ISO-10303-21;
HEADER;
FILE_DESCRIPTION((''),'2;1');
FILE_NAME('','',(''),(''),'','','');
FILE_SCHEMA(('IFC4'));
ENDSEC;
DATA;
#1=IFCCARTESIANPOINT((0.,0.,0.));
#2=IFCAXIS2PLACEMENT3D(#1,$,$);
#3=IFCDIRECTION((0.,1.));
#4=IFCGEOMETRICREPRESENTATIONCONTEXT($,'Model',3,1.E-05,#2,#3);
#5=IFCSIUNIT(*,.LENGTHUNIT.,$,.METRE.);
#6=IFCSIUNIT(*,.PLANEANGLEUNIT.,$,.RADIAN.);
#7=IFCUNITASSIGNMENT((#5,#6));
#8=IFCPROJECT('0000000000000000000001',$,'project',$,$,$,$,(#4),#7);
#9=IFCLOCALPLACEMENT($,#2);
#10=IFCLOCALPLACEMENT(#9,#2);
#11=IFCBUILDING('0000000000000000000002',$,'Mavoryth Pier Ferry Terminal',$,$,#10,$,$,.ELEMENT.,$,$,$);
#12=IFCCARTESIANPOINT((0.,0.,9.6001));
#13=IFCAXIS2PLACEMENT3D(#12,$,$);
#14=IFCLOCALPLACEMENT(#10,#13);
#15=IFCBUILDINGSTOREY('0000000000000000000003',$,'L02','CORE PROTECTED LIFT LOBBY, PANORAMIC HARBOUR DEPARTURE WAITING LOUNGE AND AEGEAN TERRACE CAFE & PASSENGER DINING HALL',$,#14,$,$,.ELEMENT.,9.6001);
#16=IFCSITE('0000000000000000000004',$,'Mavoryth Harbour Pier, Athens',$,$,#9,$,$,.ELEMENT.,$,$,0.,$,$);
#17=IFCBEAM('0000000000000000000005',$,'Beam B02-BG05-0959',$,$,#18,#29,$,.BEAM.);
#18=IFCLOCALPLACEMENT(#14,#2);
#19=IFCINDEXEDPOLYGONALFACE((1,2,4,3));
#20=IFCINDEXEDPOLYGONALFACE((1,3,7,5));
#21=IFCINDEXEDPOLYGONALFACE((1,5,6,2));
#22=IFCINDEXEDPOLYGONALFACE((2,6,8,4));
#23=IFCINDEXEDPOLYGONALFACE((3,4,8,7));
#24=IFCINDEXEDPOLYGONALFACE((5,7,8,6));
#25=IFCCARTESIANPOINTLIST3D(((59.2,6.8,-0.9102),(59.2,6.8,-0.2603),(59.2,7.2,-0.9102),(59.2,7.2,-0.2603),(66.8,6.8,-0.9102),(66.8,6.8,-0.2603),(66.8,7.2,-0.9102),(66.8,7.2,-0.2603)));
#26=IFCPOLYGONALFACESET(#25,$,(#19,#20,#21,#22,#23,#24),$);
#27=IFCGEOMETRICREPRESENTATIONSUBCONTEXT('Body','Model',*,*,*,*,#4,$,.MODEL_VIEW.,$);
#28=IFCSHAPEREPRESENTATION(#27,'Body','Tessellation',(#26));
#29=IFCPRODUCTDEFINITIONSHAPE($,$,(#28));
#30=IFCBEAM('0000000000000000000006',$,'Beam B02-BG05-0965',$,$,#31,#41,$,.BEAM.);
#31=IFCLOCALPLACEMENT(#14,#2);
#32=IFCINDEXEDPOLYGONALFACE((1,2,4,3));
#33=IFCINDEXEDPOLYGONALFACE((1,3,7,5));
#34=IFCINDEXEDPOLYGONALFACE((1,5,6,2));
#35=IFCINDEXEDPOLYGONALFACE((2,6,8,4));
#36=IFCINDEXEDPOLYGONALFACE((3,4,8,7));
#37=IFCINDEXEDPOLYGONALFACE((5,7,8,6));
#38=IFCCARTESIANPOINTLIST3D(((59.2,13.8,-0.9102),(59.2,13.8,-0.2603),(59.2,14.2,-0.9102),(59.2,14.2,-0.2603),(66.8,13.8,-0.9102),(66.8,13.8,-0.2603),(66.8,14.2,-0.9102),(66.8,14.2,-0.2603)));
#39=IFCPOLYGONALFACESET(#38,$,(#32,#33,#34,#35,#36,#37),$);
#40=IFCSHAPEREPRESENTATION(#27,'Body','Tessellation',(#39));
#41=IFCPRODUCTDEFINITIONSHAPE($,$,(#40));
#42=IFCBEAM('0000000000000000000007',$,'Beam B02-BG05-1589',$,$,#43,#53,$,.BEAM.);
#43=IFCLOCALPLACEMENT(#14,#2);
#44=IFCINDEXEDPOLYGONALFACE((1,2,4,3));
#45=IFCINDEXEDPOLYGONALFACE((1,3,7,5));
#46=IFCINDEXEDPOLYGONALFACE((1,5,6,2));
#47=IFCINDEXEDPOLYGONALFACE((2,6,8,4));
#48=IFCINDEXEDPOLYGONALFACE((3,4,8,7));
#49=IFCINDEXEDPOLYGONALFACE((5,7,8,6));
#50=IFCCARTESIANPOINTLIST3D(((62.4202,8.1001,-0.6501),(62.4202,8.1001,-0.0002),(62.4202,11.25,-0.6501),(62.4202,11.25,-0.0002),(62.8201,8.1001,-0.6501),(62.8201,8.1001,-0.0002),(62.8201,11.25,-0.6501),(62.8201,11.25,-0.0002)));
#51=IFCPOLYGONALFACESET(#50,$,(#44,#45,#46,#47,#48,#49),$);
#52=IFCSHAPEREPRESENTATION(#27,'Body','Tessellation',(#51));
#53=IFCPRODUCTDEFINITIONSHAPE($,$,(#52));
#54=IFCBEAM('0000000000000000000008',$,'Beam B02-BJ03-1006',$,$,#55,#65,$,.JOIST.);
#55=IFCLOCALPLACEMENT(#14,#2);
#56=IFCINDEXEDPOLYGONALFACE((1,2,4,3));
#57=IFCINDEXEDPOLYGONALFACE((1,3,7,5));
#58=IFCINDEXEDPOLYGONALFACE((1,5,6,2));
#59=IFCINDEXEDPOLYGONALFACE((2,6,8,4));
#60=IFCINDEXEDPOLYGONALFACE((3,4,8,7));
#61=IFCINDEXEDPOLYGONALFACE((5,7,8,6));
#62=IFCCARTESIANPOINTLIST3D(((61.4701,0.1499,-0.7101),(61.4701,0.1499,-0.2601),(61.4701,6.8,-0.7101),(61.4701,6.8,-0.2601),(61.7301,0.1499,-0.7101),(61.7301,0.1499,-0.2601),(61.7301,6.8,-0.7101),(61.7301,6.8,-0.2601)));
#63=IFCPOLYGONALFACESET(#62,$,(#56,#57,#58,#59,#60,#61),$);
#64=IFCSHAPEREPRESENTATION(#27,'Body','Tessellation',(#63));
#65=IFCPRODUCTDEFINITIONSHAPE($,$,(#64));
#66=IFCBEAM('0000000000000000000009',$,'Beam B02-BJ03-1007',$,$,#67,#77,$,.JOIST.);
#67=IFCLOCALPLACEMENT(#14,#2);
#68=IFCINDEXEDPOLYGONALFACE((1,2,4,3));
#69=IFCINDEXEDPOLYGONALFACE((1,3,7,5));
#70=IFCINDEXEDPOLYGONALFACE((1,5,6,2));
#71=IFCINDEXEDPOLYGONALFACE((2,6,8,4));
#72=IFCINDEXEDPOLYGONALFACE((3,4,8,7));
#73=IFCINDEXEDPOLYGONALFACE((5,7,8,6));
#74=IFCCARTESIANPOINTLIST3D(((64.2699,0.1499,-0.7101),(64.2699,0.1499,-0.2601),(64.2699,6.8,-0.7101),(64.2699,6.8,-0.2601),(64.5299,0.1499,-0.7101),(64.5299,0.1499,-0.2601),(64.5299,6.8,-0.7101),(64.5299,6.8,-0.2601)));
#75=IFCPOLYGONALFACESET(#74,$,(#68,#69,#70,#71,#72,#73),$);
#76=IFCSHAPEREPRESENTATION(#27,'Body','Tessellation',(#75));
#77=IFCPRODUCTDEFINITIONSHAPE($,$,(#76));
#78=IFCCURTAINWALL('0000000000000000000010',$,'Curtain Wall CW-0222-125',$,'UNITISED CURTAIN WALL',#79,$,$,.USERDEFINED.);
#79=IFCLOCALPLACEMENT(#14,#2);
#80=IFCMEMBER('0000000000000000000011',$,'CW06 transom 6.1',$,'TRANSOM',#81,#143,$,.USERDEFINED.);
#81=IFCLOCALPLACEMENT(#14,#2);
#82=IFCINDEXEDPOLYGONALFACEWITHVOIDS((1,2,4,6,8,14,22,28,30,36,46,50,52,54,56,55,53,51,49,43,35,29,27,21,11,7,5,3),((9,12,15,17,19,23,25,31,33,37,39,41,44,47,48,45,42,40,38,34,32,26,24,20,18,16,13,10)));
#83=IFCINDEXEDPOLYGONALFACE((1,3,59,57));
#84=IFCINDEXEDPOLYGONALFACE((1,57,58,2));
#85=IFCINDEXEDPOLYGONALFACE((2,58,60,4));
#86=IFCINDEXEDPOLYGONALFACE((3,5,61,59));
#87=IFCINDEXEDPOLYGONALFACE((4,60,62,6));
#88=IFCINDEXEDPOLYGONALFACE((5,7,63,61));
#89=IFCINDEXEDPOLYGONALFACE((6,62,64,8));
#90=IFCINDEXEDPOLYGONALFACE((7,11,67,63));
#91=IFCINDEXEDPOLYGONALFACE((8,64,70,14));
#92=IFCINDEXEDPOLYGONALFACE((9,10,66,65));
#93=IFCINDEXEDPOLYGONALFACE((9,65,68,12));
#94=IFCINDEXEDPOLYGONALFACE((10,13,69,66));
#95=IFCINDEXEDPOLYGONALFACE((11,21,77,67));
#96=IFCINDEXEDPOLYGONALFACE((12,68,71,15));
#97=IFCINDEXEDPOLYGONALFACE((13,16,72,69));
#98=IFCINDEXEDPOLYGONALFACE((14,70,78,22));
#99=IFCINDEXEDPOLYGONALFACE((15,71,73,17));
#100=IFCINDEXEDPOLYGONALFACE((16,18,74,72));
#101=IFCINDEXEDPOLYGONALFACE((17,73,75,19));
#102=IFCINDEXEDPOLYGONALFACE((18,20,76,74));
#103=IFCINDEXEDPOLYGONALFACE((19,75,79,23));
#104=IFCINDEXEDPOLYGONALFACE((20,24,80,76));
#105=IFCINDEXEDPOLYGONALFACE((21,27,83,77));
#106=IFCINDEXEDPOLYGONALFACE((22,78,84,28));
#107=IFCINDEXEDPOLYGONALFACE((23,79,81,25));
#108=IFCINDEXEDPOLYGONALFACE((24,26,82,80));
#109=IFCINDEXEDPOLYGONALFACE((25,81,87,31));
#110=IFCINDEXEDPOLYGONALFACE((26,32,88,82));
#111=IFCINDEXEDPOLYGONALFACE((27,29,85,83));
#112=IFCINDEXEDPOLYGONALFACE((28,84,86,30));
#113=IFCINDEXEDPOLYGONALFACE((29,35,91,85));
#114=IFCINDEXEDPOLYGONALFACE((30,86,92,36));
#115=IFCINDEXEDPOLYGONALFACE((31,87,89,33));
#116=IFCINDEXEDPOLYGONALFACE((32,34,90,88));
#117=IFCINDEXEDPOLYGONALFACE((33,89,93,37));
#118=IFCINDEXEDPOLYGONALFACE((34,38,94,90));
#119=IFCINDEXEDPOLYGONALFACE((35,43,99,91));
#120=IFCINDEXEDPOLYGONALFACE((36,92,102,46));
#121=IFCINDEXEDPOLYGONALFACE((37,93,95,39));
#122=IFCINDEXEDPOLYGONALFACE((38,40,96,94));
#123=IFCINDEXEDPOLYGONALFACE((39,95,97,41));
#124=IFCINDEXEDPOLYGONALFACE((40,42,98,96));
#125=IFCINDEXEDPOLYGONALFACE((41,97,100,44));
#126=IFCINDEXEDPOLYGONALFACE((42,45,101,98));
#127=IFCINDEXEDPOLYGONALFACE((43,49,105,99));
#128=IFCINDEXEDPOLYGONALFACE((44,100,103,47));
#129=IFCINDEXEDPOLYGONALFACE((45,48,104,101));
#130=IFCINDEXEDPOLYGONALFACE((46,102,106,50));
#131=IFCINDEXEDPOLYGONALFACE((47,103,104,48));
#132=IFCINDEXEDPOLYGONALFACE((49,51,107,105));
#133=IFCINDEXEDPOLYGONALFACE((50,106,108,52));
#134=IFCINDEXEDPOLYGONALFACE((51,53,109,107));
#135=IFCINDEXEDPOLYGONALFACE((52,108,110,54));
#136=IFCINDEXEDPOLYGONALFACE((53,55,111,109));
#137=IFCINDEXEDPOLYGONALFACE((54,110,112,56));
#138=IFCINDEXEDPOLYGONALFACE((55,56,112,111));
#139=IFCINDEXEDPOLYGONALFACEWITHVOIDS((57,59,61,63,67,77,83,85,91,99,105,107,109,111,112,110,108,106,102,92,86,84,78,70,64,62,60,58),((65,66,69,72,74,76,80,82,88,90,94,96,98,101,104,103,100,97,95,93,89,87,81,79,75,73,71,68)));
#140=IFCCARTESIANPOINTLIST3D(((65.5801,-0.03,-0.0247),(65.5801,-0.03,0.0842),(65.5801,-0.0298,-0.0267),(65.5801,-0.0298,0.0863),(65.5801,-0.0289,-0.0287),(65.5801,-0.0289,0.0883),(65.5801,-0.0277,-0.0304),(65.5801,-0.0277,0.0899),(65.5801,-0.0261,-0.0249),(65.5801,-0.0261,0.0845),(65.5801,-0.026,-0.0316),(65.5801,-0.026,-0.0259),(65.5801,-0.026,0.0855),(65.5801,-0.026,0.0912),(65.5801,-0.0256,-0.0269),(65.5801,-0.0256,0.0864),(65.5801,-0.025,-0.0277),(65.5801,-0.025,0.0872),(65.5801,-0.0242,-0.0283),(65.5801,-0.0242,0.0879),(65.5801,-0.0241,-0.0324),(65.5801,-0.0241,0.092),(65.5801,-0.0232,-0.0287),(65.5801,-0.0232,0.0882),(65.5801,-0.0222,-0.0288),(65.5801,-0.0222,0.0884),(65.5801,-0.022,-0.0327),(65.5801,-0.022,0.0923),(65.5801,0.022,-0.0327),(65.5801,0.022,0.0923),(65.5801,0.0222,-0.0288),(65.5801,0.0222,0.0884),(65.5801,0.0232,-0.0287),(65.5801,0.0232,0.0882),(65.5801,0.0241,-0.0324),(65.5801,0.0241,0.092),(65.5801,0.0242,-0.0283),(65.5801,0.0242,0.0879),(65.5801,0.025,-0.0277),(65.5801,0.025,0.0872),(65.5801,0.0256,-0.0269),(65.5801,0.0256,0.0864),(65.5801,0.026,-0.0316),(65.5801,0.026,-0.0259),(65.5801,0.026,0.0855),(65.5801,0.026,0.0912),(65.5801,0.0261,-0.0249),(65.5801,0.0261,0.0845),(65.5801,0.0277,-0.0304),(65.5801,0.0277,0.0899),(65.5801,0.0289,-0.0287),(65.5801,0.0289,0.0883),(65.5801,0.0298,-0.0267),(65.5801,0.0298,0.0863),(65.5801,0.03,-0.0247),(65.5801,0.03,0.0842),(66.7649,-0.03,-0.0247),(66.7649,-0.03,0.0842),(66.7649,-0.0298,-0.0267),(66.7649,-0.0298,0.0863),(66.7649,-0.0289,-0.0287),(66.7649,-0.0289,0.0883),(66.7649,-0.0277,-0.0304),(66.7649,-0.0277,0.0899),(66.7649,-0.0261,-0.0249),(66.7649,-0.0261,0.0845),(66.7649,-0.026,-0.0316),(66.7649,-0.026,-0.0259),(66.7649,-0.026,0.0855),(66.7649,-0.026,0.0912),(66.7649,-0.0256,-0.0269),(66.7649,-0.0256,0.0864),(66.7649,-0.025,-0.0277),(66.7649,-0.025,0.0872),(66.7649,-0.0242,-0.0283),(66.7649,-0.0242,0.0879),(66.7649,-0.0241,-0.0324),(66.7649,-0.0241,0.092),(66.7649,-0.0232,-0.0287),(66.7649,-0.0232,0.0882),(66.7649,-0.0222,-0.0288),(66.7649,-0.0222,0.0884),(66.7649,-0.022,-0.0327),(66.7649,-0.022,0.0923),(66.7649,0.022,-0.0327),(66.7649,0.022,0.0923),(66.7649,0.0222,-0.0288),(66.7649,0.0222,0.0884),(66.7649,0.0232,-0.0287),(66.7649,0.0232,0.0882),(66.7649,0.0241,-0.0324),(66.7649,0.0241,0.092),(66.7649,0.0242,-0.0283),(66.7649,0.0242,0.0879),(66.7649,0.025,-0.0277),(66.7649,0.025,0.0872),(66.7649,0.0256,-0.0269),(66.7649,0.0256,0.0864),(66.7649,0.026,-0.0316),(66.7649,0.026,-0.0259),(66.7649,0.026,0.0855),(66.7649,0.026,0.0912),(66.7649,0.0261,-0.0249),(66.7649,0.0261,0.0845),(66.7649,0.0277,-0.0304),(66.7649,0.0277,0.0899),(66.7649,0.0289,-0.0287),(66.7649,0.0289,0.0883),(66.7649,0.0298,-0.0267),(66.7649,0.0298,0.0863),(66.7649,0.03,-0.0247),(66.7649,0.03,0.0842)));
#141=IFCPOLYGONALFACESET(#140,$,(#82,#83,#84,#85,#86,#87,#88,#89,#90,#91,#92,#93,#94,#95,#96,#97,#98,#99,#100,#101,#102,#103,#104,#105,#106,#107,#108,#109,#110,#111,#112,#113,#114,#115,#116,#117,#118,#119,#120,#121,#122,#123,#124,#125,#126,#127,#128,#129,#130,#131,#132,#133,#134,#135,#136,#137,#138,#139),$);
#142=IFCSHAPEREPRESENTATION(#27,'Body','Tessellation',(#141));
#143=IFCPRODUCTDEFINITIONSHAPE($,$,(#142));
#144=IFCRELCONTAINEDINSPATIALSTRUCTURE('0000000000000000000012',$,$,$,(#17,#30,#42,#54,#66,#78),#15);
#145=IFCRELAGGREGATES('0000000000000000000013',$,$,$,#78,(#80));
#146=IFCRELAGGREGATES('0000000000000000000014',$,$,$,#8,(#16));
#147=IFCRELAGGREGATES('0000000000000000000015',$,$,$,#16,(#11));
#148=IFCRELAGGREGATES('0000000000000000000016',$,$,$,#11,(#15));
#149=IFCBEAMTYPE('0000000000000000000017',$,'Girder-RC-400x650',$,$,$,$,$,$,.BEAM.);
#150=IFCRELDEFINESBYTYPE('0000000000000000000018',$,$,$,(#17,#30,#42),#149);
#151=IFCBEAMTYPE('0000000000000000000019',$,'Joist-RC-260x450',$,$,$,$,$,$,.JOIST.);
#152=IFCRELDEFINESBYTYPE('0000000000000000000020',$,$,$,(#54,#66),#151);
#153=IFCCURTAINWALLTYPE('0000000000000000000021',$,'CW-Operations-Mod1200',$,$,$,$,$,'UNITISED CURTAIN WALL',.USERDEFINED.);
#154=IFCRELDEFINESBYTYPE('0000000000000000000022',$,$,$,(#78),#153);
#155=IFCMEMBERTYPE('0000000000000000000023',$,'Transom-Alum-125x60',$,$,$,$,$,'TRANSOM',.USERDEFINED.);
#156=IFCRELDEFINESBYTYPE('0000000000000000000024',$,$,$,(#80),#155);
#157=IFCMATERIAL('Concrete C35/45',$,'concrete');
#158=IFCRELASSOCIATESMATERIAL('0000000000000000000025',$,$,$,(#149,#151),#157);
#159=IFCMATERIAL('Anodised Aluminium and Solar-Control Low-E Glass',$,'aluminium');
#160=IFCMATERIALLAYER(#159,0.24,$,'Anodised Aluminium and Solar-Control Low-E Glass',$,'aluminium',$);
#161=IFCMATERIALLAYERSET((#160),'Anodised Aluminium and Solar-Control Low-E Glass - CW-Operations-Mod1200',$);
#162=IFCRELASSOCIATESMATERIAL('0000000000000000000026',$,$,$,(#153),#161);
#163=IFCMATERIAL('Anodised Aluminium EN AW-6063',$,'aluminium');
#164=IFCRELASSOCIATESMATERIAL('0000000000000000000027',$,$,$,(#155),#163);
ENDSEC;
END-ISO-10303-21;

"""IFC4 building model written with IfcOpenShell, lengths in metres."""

from ifc_helpers import new_model, si_unit, direction, frame, origin, origin_2d, place, context, subcontext, project, spatial, rectangle, hollow_rectangle, extrude, material, layer, layer_set, material_profile, profile_set, type_object, element, aggregate, save


model = new_model("IFC4")

# Units and contexts
model_context = context("Model", 3, precision=1e-05, world=origin(), true_north=direction((0.0, 1.0)))
body_context = subcontext(model_context, "Body", "Model", "MODEL_VIEW")
ifc_project = project(units=[si_unit("LENGTHUNIT", "METRE"), si_unit("PLANEANGLEUNIT", "RADIAN")], contexts=[model_context])

# Site, building, storey
site_placement = place(None, origin())
site = spatial("IfcSite", under=ifc_project, at=site_placement, Name="Mavoryth Harbour Pier, Athens", CompositionType="ELEMENT", RefElevation=0.0)
building_placement = place(site_placement, origin())
building = spatial("IfcBuilding", under=site, at=building_placement, Name="Mavoryth Pier Ferry Terminal", CompositionType="ELEMENT")
storey_placement = place(building_placement, frame((0.0, 0.0, 9.6001)))
storey = spatial("IfcBuildingStorey", under=building, at=storey_placement, Name="L02", Description="CORE PROTECTED LIFT LOBBY, PANORAMIC HARBOUR DEPARTURE WAITING LOUNGE AND AEGEAN TERRACE CAFE & PASSENGER DINING HALL", CompositionType="ELEMENT", Elevation=9.6001)

# Beams
ifc_material_1 = material(Name="Concrete C35/45", Category="concrete")
ifc_material_profile_1 = material_profile(ifc_material_1, rectangle(XDim=0.3999, YDim=0.6499, at=origin_2d()), Name="RC 400x650", Category="concrete")
ifc_profile_set_1 = profile_set([ifc_material_profile_1], Name="Concrete C35/45 - RC 400x650")
beam_type_1 = type_object("IfcBeamType", Name="Girder-RC-400x650", PredefinedType="BEAM", material=ifc_profile_set_1)
for number, where, z_axis, x_axis, name in (
    (1, (59.2, 7.0, -0.5852), (1.0, 0.0, 0.0), (0.0, 1.0, 0.0), "Beam B02-BG05-0959"),
    (2, (59.2, 14.0, -0.5852), (1.0, 0.0, 0.0), (0.0, 1.0, 0.0), "Beam B02-BG05-0965"),
):
    element("IfcBeam", number, at=place(storey_placement, frame(where, z_axis=z_axis, x_axis=x_axis)), inside=storey, type_object=beam_type_1, Name=name, PredefinedType="BEAM", context=body_context, shape_type="SweptSolid", body=[
        extrude(rectangle(XDim=0.3999, YDim=0.6499, at=origin_2d()), origin(), (0.0, 0.0, 1.0), 7.6001),
    ])
beam_placement = place(storey_placement, frame((62.6201, 8.1001, -0.3252), z_axis=(0.0, 1.0, 0.0), x_axis=(-1.0, 0.0, 0.0)))
element("IfcBeam", 3, at=beam_placement, inside=storey, type_object=beam_type_1, Name="Beam B02-BG05-1589", PredefinedType="BEAM", context=body_context, shape_type="SweptSolid", body=[
    extrude(rectangle(XDim=0.3999, YDim=0.6499, at=origin_2d()), origin(), (0.0, 0.0, 1.0), 3.1499),
])
ifc_material_profile_2 = material_profile(ifc_material_1, rectangle(XDim=0.26, YDim=0.45, at=origin_2d()), Name="RC 260x450", Category="concrete")
ifc_profile_set_2 = profile_set([ifc_material_profile_2], Name="Concrete C35/45 - RC 260x450")
beam_type_2 = type_object("IfcBeamType", Name="Joist-RC-260x450", PredefinedType="JOIST", material=ifc_profile_set_2)
for number, where, z_axis, x_axis, name in (
    (4, (61.6001, 0.1499, -0.4851), (0.0, 1.0, 0.0), (-1.0, 0.0, 0.0), "Beam B02-BJ03-1006"),
    (5, (64.3999, 0.1499, -0.4851), (0.0, 1.0, 0.0), (-1.0, 0.0, 0.0), "Beam B02-BJ03-1007"),
):
    element("IfcBeam", number, at=place(storey_placement, frame(where, z_axis=z_axis, x_axis=x_axis)), inside=storey, type_object=beam_type_2, Name=name, PredefinedType="JOIST", context=body_context, shape_type="SweptSolid", body=[
        extrude(rectangle(XDim=0.26, YDim=0.45, at=origin_2d()), origin(), (0.0, 0.0, 1.0), 6.6501),
    ])

# Curtain wall, member
ifc_material_2 = material(Name="Anodised Aluminium and Solar-Control Low-E Glass", Category="aluminium")
ifc_layer_1 = layer(ifc_material_2, 0.24, Name="Anodised Aluminium and Solar-Control Low-E Glass", Category="aluminium")
ifc_layer_set_1 = layer_set([ifc_layer_1], Name="Anodised Aluminium and Solar-Control Low-E Glass - CW-Operations-Mod1200")
curtain_wall_type = type_object("IfcCurtainWallType", Name="CW-Operations-Mod1200", ElementType="UNITISED CURTAIN WALL", PredefinedType="USERDEFINED", material=ifc_layer_set_1)
curtain_wall_placement = place(storey_placement, origin())
curtain_wall = element("IfcCurtainWall", 6, at=curtain_wall_placement, inside=storey, type_object=curtain_wall_type, Name="Curtain Wall CW-0222-125", ObjectType="UNITISED CURTAIN WALL", PredefinedType="USERDEFINED")
ifc_material_3 = material(Name="Anodised Aluminium EN AW-6063", Category="aluminium")
ifc_material_profile_3 = material_profile(ifc_material_3, hollow_rectangle(XDim=0.0601, YDim=0.125, WallThickness=0.0039, InnerFilletRadius=0.0039, OuterFilletRadius=0.0081, at=origin_2d()), Name="AL-TRAN 125x60x4", Category="aluminium")
ifc_profile_set_3 = profile_set([ifc_material_profile_3], Name="Anodised Aluminium EN AW-6063 - AL-TRAN 125x60x4")
member_type = type_object("IfcMemberType", Name="Transom-Alum-125x60", ElementType="TRANSOM", PredefinedType="USERDEFINED", material=ifc_profile_set_3)
member_1_placement = place(storey_placement, frame((65.5801, 0.0, 0.0298), z_axis=(1.0, 0.0, 0.0), x_axis=(0.0, 1.0, 0.0)))
member_1 = element("IfcMember", 7, at=member_1_placement, type_object=member_type, Name="CW06 transom 6.1", ObjectType="TRANSOM", PredefinedType="USERDEFINED", context=body_context, shape_type="SweptSolid", body=[
    extrude(hollow_rectangle(XDim=0.0601, YDim=0.125, WallThickness=0.0039, InnerFilletRadius=0.0039, OuterFilletRadius=0.0081, at=origin_2d()), origin(), (0.0, 0.0, 1.0), 1.1848),
])
aggregate(curtain_wall, [member_1])

save(model, "model.ifc")
